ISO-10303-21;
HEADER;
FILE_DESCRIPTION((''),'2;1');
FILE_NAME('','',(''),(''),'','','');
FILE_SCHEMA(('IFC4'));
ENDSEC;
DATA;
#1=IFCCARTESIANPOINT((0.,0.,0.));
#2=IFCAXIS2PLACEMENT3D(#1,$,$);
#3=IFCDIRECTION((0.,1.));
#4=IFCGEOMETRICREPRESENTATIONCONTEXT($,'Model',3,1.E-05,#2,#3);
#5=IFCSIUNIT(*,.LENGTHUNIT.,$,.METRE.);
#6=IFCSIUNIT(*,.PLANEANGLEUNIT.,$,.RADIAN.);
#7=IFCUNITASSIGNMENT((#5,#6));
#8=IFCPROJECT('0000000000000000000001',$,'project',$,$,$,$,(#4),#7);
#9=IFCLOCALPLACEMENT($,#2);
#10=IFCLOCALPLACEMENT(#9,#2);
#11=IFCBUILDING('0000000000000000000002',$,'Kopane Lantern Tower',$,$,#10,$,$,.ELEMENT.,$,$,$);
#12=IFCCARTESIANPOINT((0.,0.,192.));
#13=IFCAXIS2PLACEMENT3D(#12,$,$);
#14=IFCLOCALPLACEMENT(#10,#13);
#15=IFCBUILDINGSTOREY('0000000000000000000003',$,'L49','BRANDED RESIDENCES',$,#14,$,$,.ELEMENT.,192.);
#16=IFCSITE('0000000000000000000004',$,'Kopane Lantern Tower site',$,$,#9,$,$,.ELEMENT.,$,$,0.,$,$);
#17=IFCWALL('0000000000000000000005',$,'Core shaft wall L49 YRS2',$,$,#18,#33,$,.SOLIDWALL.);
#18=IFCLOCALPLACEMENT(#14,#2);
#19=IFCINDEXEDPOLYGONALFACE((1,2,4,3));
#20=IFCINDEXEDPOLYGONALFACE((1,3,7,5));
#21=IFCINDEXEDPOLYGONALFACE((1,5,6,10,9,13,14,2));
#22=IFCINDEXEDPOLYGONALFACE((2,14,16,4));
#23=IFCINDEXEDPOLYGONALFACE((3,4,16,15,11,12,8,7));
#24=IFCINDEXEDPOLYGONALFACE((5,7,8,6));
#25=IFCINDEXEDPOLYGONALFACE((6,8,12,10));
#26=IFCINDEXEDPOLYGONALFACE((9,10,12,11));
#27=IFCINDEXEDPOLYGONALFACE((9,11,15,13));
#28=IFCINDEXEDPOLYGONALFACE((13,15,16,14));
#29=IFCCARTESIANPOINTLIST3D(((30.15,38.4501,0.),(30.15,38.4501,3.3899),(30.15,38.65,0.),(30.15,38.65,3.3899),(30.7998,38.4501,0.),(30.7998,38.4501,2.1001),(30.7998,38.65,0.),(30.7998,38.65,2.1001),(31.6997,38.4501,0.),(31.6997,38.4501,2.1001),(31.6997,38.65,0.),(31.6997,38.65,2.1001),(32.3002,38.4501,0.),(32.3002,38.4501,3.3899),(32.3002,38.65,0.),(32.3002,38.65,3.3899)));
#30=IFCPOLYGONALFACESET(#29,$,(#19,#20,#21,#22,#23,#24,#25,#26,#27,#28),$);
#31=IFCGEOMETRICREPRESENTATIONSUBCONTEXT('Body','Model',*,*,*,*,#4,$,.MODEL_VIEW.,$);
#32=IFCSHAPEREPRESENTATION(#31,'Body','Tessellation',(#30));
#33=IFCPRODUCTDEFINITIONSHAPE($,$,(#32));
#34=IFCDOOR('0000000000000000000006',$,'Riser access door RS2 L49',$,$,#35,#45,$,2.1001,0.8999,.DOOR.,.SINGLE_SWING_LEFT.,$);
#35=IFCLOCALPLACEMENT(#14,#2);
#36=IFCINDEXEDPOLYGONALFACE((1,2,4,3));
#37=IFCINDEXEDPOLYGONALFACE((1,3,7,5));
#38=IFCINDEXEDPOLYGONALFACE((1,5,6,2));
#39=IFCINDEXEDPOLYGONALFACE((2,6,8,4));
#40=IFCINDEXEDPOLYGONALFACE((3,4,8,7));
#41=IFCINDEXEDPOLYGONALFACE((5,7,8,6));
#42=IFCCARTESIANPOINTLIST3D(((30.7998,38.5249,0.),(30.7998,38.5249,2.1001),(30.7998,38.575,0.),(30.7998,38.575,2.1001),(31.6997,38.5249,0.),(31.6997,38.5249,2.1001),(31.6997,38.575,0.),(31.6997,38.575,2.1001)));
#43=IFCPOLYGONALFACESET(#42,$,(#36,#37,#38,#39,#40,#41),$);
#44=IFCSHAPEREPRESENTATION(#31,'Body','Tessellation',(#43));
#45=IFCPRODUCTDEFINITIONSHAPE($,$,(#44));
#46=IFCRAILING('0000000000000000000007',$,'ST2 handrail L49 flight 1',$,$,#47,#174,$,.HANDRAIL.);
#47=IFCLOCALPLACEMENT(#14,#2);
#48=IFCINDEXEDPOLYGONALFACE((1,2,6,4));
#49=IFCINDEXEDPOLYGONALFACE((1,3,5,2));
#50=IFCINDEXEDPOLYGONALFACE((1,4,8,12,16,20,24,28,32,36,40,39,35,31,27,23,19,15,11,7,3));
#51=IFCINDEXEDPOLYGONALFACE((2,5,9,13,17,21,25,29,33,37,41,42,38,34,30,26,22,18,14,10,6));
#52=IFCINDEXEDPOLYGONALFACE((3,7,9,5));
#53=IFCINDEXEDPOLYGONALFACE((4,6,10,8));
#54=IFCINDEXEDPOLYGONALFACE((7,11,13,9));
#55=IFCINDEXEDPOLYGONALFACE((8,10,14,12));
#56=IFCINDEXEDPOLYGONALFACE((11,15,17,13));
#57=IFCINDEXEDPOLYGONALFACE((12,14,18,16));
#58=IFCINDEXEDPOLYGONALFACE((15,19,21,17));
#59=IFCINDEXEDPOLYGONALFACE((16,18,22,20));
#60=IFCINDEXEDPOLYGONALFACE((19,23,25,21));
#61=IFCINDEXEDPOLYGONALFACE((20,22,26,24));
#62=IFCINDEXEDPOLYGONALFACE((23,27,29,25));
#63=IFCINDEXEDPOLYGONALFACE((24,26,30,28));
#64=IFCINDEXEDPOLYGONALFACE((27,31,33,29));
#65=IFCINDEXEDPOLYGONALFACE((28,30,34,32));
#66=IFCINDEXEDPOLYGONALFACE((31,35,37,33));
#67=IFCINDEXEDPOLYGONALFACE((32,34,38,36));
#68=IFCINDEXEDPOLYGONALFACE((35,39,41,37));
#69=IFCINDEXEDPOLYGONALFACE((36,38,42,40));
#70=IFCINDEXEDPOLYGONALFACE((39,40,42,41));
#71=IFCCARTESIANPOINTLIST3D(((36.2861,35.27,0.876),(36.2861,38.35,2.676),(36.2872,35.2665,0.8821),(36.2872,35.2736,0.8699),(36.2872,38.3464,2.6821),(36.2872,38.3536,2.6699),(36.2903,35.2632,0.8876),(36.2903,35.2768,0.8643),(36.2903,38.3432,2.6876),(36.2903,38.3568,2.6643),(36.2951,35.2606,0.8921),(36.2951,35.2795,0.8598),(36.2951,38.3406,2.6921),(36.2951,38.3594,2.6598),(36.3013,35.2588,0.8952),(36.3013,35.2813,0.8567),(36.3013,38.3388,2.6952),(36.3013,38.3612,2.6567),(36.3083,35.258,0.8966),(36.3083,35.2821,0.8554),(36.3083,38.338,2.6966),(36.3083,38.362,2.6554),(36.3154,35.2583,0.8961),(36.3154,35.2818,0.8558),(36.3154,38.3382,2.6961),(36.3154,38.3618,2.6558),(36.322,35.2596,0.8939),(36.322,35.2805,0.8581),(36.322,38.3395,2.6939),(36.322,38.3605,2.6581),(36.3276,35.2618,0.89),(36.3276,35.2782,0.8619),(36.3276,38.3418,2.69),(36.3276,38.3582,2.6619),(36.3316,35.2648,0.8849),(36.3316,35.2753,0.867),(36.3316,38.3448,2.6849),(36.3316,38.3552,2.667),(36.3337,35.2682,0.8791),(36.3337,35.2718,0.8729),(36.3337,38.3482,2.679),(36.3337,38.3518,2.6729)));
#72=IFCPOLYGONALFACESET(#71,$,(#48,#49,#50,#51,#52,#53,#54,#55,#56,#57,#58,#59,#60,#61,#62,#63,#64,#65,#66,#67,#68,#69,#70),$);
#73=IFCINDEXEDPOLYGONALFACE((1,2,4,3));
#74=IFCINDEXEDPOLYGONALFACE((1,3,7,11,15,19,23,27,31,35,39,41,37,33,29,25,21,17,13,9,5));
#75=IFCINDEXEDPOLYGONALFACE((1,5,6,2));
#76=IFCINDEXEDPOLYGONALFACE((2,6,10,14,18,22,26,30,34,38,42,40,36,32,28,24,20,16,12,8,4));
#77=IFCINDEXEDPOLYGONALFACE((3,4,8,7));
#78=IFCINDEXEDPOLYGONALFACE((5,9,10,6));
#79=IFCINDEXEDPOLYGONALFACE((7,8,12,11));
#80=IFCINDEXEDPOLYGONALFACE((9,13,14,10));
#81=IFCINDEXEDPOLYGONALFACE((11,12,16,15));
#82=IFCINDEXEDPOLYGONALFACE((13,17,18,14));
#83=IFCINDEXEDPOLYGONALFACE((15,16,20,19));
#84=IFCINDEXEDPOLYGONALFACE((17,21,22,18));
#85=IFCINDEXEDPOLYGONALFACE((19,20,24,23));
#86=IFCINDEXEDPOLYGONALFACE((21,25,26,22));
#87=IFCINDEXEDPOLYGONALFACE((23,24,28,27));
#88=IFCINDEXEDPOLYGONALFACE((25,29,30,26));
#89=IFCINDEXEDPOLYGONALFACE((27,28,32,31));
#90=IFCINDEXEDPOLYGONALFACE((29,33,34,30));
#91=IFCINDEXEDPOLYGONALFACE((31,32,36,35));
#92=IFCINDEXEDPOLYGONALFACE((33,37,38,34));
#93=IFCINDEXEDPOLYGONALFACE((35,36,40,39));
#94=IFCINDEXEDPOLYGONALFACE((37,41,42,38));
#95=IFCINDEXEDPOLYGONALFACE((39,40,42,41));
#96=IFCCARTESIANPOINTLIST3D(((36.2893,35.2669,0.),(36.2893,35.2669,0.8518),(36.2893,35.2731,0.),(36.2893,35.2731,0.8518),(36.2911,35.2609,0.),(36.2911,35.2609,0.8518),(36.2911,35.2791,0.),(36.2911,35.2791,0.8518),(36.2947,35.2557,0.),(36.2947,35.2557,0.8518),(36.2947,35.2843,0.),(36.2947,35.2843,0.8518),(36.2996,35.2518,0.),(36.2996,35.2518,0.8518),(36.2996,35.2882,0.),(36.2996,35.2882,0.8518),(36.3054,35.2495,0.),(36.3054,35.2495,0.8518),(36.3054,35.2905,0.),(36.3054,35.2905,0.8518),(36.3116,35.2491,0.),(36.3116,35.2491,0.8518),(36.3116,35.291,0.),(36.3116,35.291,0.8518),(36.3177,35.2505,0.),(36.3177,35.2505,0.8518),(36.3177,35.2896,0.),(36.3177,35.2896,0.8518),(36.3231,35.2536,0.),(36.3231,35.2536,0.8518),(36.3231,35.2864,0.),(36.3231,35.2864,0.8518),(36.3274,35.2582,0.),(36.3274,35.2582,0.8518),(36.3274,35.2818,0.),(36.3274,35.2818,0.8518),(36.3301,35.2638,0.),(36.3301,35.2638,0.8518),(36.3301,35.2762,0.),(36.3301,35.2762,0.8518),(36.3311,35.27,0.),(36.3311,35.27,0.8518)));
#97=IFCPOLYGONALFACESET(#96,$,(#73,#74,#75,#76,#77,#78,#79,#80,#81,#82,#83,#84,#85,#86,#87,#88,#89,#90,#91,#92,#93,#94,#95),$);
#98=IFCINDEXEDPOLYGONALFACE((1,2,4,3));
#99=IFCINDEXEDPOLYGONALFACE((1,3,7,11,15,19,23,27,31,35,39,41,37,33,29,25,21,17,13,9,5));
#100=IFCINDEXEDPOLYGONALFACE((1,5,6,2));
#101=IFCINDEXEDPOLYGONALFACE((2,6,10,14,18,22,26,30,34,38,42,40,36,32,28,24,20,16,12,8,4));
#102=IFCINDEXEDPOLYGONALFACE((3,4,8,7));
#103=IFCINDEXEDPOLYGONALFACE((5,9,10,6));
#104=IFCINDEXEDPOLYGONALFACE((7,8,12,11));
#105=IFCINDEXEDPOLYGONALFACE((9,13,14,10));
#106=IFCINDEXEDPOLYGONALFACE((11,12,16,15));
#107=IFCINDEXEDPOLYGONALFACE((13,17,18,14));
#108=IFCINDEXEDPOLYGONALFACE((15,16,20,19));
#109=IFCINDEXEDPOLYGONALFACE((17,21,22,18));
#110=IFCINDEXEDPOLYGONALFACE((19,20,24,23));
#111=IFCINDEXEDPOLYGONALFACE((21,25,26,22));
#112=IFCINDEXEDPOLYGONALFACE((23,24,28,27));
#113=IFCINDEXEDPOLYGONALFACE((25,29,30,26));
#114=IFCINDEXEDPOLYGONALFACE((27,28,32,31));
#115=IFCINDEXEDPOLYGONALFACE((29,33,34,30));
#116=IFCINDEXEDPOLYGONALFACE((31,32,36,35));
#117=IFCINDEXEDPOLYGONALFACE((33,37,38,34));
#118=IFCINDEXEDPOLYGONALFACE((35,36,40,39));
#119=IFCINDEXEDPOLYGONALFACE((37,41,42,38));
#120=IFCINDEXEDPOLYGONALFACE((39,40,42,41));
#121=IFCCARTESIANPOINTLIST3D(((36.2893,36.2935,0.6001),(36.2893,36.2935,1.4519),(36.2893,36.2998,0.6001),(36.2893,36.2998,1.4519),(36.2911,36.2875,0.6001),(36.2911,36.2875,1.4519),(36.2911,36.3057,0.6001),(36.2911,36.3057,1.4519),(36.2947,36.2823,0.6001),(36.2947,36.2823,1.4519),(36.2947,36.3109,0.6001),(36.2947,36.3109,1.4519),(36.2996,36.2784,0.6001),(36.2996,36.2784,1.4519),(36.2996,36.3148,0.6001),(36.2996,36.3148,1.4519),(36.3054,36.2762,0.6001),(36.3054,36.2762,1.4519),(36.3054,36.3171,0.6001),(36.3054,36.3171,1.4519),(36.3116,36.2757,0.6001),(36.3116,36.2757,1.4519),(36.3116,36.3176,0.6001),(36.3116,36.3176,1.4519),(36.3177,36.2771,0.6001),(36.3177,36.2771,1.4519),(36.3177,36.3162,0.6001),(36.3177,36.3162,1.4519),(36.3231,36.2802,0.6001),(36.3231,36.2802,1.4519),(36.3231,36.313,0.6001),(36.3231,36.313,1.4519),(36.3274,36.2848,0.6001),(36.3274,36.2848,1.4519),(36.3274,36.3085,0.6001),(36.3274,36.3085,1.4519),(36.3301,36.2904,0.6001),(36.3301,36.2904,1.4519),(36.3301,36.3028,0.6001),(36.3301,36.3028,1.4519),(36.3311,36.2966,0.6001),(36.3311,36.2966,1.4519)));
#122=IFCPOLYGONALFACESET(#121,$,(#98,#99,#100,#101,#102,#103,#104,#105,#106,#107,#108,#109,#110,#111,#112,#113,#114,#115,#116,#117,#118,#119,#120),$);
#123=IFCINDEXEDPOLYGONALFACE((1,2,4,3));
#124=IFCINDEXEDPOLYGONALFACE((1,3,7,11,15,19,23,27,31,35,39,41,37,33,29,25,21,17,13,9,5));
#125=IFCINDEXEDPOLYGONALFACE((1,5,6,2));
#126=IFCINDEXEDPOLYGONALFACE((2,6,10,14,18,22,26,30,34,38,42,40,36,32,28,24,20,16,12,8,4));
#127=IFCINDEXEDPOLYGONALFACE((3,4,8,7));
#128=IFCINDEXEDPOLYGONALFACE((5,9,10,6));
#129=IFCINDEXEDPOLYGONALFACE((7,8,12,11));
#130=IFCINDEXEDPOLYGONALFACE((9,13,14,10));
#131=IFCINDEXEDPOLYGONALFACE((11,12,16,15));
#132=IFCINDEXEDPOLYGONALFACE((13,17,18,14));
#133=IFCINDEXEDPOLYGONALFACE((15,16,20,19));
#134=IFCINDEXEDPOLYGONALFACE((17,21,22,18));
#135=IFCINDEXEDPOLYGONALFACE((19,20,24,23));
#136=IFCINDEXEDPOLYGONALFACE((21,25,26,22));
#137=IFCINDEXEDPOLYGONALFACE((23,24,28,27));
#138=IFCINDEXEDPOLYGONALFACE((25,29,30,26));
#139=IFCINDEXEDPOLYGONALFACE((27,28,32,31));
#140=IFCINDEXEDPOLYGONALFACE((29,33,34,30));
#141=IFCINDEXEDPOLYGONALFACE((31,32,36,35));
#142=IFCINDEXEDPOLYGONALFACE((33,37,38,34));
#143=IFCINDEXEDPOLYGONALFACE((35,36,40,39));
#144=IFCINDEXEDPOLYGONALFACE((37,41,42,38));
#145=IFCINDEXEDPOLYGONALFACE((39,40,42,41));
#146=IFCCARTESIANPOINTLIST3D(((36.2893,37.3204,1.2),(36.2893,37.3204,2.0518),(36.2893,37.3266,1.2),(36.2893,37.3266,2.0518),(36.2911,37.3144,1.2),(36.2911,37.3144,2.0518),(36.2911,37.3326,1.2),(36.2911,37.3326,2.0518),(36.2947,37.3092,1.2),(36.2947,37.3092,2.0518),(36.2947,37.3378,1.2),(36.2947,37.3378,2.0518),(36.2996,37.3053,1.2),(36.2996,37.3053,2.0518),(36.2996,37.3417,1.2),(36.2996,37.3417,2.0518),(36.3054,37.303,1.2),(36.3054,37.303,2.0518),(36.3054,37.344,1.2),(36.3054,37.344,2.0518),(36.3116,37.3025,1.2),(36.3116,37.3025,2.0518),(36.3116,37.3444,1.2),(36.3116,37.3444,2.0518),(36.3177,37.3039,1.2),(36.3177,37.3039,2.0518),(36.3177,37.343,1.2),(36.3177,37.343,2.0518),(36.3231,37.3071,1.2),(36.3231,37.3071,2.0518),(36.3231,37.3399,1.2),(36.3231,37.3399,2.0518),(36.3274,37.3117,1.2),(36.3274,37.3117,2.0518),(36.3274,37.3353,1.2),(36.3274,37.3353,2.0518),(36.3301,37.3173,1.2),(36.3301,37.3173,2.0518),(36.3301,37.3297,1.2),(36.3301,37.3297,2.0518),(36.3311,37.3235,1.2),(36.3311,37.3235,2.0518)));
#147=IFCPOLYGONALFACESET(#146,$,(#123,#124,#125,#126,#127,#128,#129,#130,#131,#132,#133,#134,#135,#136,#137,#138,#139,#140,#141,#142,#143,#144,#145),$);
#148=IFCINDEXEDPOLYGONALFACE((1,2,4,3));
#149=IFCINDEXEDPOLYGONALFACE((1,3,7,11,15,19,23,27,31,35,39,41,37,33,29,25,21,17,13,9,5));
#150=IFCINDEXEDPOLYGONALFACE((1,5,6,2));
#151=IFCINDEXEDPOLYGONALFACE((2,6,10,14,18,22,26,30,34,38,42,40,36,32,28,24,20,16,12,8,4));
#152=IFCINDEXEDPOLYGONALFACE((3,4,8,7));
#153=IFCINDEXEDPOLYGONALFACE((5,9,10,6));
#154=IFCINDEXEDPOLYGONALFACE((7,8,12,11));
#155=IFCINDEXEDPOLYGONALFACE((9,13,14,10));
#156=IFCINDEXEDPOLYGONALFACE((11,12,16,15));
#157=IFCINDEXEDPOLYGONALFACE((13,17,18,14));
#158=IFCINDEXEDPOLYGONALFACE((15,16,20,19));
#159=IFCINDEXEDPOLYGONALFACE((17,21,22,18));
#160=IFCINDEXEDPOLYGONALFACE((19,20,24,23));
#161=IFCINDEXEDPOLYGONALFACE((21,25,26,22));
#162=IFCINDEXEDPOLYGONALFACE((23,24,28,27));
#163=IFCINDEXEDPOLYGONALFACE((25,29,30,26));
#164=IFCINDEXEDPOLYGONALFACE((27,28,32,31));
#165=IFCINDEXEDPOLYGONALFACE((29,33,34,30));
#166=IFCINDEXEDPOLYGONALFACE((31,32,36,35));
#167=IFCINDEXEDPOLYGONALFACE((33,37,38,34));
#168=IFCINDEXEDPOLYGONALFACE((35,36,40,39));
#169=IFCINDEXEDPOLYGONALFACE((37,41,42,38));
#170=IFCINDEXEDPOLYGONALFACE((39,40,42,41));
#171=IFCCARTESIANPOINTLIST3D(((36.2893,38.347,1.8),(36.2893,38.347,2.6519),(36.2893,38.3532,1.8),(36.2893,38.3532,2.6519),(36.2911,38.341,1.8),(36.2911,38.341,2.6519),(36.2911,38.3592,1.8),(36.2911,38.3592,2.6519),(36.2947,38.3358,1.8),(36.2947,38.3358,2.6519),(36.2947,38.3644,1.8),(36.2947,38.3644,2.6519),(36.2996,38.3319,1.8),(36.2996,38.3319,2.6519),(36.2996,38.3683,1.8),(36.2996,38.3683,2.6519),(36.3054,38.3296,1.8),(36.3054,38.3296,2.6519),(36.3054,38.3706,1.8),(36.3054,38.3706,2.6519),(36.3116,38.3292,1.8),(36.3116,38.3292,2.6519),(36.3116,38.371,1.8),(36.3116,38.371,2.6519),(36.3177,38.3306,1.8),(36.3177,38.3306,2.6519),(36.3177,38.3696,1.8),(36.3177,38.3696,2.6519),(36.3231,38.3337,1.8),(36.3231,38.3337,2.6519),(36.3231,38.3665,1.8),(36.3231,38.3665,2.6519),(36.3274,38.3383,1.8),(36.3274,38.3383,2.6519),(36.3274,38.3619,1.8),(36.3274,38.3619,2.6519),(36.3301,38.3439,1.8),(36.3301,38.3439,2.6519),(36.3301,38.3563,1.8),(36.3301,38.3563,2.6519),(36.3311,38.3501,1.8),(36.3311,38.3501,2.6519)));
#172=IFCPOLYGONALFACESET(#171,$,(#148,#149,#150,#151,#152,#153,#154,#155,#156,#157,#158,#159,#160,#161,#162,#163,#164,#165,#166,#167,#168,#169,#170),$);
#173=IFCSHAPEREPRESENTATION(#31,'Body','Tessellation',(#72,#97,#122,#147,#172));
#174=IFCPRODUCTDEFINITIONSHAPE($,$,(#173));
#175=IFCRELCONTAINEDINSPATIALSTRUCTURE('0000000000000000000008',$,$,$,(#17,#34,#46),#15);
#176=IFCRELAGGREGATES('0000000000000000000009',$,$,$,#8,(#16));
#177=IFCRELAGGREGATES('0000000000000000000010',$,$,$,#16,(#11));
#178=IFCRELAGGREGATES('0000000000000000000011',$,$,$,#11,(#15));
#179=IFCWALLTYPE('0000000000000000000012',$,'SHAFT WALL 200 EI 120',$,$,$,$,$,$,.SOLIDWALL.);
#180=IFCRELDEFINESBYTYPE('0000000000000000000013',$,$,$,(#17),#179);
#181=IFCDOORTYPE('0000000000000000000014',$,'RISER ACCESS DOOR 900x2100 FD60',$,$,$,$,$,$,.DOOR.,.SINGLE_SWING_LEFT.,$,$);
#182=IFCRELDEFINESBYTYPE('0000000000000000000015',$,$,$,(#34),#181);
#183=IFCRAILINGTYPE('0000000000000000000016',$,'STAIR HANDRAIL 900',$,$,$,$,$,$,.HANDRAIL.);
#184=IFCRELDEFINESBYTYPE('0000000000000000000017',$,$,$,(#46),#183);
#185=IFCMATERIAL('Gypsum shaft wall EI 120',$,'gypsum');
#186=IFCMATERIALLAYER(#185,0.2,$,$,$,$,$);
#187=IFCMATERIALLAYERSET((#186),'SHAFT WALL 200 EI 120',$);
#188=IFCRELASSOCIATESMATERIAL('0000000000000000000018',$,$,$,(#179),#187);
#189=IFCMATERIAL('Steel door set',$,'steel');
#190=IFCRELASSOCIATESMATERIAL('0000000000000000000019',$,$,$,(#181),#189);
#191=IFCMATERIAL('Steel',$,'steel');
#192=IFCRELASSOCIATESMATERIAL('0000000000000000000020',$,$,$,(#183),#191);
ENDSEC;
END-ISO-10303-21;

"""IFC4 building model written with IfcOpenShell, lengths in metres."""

from ifc_helpers import new_model, si_unit, direction, frame, frame_2d, origin, origin_2d, place, context, subcontext, project, spatial, rectangle, circle, extrude, material, layer, layer_set, type_object, element, fill, save


model = new_model("IFC4")

# Units and contexts
model_context = context("Model", 3, precision=1e-05, world=origin(), true_north=direction((0.0, 1.0)))
body_context = subcontext(model_context, "Body", "Model", "MODEL_VIEW")
ifc_project = project(units=[si_unit("LENGTHUNIT", "METRE"), si_unit("PLANEANGLEUNIT", "RADIAN")], contexts=[model_context])

# Site, building, storey
site_placement = place(None, origin())
site = spatial("IfcSite", under=ifc_project, at=site_placement, Name="Kopane Lantern Tower site", CompositionType="ELEMENT", RefElevation=0.0)
building_placement = place(site_placement, origin())
building = spatial("IfcBuilding", under=site, at=building_placement, Name="Kopane Lantern Tower", CompositionType="ELEMENT")
storey_placement = place(building_placement, frame((0.0, 0.0, 192.0)))
storey = spatial("IfcBuildingStorey", under=building, at=storey_placement, Name="L49", Description="BRANDED RESIDENCES", CompositionType="ELEMENT", Elevation=192.0)

# Shared definitions
ifc_material_1 = material(Name="Gypsum shaft wall EI 120", Category="gypsum")
ifc_layer_1 = layer(ifc_material_1, 0.2)
ifc_layer_set_1 = layer_set([ifc_layer_1], Name="SHAFT WALL 200 EI 120")
wall_type_1 = type_object("IfcWallType", Name="SHAFT WALL 200 EI 120", PredefinedType="SOLIDWALL", material=ifc_layer_set_1)

# Wall, opening, door
wall_1_placement = place(storey_placement, frame((30.1499, 38.55, 0.0), z_axis=(0.0, 0.0, 1.0), x_axis=(1.0, 0.0, 0.0)))
wall_1 = element("IfcWall", 1, at=wall_1_placement, inside=storey, type_object=wall_type_1, Name="Core shaft wall L49 YRS2", PredefinedType="SOLIDWALL", context=body_context, shape_type="SweptSolid", body=[
    extrude(rectangle(XDim=2.1501, YDim=0.2, at=frame_2d((1.0752, 0.0))), origin(), (0.0, 0.0, 1.0), 3.3899),
])
opening_1_placement = place(wall_1_placement, frame((0.6499, 0.0, 0.0)))
opening_1 = element("IfcOpeningElement", 2, at=opening_1_placement, cuts=wall_1, PredefinedType="OPENING", context=body_context, shape_type="SweptSolid", body=[
    extrude(rectangle(XDim=0.8999, YDim=2.1001, at=frame_2d((0.45, 1.05))), frame((0.0, 0.1099, 0.0), z_axis=(0.0, -1.0, 0.0), x_axis=(1.0, 0.0, 0.0)), (0.0, 0.0, 1.0), 0.22),
])
ifc_material_2 = material(Name="Steel door set", Category="steel")
door_type_1 = type_object("IfcDoorType", Name="RISER ACCESS DOOR 900x2100 FD60", OperationType="SINGLE_SWING_LEFT", PredefinedType="DOOR", material=ifc_material_2)
door_1_placement = place(opening_1_placement, origin())
door_1 = element("IfcDoor", 3, at=door_1_placement, inside=storey, type_object=door_type_1, Name="Riser access door RS2 L49", OperationType="SINGLE_SWING_LEFT", OverallHeight=2.1001, OverallWidth=0.8999, PredefinedType="DOOR", context=body_context, shape_type="SweptSolid", body=[
    extrude(rectangle(XDim=0.8999, YDim=2.1001, at=frame_2d((0.45, 1.05))), frame((0.0, 0.0249, 0.0), z_axis=(0.0, -1.0, 0.0), x_axis=(1.0, 0.0, 0.0)), (0.0, 0.0, 1.0), 0.05),
])
fill(opening_1, door_1)

# Railing
ifc_material_3 = material(Name="Steel", Category="steel")
railing_type_1 = type_object("IfcRailingType", Name="STAIR HANDRAIL 900", PredefinedType="HANDRAIL", material=ifc_material_3)
for number, where, name in (
    (4, (36.3101, 35.27, 0.0), "ST2 handrail L49 flight 1"),
):
    element("IfcRailing", number, at=place(storey_placement, frame(where)), inside=storey, type_object=railing_type_1, Name=name, PredefinedType="HANDRAIL", context=body_context, shape_type="SweptSolid", body=[
        extrude(circle(Radius=0.0239, at=origin_2d()), frame((0.0, 0.0, 0.876), z_axis=(0.0, 0.863372, 0.504569), x_axis=(-1.0, 0.0, 0.0)), (0.0, 0.0, 1.0), 3.5674),
        extrude(circle(Radius=0.021, at=origin_2d()), origin(), (0.0, 0.0, 1.0), 0.8518),
        extrude(circle(Radius=0.021, at=origin_2d()), frame((0.0, 1.0266, 0.6001)), (0.0, 0.0, 1.0), 0.8518),
        extrude(circle(Radius=0.021, at=origin_2d()), frame((0.0, 2.0535, 1.2)), (0.0, 0.0, 1.0), 0.8518),
        extrude(circle(Radius=0.021, at=origin_2d()), frame((0.0, 3.0801, 1.8)), (0.0, 0.0, 1.0), 0.8518),
    ])

save(model, "model.ifc")
